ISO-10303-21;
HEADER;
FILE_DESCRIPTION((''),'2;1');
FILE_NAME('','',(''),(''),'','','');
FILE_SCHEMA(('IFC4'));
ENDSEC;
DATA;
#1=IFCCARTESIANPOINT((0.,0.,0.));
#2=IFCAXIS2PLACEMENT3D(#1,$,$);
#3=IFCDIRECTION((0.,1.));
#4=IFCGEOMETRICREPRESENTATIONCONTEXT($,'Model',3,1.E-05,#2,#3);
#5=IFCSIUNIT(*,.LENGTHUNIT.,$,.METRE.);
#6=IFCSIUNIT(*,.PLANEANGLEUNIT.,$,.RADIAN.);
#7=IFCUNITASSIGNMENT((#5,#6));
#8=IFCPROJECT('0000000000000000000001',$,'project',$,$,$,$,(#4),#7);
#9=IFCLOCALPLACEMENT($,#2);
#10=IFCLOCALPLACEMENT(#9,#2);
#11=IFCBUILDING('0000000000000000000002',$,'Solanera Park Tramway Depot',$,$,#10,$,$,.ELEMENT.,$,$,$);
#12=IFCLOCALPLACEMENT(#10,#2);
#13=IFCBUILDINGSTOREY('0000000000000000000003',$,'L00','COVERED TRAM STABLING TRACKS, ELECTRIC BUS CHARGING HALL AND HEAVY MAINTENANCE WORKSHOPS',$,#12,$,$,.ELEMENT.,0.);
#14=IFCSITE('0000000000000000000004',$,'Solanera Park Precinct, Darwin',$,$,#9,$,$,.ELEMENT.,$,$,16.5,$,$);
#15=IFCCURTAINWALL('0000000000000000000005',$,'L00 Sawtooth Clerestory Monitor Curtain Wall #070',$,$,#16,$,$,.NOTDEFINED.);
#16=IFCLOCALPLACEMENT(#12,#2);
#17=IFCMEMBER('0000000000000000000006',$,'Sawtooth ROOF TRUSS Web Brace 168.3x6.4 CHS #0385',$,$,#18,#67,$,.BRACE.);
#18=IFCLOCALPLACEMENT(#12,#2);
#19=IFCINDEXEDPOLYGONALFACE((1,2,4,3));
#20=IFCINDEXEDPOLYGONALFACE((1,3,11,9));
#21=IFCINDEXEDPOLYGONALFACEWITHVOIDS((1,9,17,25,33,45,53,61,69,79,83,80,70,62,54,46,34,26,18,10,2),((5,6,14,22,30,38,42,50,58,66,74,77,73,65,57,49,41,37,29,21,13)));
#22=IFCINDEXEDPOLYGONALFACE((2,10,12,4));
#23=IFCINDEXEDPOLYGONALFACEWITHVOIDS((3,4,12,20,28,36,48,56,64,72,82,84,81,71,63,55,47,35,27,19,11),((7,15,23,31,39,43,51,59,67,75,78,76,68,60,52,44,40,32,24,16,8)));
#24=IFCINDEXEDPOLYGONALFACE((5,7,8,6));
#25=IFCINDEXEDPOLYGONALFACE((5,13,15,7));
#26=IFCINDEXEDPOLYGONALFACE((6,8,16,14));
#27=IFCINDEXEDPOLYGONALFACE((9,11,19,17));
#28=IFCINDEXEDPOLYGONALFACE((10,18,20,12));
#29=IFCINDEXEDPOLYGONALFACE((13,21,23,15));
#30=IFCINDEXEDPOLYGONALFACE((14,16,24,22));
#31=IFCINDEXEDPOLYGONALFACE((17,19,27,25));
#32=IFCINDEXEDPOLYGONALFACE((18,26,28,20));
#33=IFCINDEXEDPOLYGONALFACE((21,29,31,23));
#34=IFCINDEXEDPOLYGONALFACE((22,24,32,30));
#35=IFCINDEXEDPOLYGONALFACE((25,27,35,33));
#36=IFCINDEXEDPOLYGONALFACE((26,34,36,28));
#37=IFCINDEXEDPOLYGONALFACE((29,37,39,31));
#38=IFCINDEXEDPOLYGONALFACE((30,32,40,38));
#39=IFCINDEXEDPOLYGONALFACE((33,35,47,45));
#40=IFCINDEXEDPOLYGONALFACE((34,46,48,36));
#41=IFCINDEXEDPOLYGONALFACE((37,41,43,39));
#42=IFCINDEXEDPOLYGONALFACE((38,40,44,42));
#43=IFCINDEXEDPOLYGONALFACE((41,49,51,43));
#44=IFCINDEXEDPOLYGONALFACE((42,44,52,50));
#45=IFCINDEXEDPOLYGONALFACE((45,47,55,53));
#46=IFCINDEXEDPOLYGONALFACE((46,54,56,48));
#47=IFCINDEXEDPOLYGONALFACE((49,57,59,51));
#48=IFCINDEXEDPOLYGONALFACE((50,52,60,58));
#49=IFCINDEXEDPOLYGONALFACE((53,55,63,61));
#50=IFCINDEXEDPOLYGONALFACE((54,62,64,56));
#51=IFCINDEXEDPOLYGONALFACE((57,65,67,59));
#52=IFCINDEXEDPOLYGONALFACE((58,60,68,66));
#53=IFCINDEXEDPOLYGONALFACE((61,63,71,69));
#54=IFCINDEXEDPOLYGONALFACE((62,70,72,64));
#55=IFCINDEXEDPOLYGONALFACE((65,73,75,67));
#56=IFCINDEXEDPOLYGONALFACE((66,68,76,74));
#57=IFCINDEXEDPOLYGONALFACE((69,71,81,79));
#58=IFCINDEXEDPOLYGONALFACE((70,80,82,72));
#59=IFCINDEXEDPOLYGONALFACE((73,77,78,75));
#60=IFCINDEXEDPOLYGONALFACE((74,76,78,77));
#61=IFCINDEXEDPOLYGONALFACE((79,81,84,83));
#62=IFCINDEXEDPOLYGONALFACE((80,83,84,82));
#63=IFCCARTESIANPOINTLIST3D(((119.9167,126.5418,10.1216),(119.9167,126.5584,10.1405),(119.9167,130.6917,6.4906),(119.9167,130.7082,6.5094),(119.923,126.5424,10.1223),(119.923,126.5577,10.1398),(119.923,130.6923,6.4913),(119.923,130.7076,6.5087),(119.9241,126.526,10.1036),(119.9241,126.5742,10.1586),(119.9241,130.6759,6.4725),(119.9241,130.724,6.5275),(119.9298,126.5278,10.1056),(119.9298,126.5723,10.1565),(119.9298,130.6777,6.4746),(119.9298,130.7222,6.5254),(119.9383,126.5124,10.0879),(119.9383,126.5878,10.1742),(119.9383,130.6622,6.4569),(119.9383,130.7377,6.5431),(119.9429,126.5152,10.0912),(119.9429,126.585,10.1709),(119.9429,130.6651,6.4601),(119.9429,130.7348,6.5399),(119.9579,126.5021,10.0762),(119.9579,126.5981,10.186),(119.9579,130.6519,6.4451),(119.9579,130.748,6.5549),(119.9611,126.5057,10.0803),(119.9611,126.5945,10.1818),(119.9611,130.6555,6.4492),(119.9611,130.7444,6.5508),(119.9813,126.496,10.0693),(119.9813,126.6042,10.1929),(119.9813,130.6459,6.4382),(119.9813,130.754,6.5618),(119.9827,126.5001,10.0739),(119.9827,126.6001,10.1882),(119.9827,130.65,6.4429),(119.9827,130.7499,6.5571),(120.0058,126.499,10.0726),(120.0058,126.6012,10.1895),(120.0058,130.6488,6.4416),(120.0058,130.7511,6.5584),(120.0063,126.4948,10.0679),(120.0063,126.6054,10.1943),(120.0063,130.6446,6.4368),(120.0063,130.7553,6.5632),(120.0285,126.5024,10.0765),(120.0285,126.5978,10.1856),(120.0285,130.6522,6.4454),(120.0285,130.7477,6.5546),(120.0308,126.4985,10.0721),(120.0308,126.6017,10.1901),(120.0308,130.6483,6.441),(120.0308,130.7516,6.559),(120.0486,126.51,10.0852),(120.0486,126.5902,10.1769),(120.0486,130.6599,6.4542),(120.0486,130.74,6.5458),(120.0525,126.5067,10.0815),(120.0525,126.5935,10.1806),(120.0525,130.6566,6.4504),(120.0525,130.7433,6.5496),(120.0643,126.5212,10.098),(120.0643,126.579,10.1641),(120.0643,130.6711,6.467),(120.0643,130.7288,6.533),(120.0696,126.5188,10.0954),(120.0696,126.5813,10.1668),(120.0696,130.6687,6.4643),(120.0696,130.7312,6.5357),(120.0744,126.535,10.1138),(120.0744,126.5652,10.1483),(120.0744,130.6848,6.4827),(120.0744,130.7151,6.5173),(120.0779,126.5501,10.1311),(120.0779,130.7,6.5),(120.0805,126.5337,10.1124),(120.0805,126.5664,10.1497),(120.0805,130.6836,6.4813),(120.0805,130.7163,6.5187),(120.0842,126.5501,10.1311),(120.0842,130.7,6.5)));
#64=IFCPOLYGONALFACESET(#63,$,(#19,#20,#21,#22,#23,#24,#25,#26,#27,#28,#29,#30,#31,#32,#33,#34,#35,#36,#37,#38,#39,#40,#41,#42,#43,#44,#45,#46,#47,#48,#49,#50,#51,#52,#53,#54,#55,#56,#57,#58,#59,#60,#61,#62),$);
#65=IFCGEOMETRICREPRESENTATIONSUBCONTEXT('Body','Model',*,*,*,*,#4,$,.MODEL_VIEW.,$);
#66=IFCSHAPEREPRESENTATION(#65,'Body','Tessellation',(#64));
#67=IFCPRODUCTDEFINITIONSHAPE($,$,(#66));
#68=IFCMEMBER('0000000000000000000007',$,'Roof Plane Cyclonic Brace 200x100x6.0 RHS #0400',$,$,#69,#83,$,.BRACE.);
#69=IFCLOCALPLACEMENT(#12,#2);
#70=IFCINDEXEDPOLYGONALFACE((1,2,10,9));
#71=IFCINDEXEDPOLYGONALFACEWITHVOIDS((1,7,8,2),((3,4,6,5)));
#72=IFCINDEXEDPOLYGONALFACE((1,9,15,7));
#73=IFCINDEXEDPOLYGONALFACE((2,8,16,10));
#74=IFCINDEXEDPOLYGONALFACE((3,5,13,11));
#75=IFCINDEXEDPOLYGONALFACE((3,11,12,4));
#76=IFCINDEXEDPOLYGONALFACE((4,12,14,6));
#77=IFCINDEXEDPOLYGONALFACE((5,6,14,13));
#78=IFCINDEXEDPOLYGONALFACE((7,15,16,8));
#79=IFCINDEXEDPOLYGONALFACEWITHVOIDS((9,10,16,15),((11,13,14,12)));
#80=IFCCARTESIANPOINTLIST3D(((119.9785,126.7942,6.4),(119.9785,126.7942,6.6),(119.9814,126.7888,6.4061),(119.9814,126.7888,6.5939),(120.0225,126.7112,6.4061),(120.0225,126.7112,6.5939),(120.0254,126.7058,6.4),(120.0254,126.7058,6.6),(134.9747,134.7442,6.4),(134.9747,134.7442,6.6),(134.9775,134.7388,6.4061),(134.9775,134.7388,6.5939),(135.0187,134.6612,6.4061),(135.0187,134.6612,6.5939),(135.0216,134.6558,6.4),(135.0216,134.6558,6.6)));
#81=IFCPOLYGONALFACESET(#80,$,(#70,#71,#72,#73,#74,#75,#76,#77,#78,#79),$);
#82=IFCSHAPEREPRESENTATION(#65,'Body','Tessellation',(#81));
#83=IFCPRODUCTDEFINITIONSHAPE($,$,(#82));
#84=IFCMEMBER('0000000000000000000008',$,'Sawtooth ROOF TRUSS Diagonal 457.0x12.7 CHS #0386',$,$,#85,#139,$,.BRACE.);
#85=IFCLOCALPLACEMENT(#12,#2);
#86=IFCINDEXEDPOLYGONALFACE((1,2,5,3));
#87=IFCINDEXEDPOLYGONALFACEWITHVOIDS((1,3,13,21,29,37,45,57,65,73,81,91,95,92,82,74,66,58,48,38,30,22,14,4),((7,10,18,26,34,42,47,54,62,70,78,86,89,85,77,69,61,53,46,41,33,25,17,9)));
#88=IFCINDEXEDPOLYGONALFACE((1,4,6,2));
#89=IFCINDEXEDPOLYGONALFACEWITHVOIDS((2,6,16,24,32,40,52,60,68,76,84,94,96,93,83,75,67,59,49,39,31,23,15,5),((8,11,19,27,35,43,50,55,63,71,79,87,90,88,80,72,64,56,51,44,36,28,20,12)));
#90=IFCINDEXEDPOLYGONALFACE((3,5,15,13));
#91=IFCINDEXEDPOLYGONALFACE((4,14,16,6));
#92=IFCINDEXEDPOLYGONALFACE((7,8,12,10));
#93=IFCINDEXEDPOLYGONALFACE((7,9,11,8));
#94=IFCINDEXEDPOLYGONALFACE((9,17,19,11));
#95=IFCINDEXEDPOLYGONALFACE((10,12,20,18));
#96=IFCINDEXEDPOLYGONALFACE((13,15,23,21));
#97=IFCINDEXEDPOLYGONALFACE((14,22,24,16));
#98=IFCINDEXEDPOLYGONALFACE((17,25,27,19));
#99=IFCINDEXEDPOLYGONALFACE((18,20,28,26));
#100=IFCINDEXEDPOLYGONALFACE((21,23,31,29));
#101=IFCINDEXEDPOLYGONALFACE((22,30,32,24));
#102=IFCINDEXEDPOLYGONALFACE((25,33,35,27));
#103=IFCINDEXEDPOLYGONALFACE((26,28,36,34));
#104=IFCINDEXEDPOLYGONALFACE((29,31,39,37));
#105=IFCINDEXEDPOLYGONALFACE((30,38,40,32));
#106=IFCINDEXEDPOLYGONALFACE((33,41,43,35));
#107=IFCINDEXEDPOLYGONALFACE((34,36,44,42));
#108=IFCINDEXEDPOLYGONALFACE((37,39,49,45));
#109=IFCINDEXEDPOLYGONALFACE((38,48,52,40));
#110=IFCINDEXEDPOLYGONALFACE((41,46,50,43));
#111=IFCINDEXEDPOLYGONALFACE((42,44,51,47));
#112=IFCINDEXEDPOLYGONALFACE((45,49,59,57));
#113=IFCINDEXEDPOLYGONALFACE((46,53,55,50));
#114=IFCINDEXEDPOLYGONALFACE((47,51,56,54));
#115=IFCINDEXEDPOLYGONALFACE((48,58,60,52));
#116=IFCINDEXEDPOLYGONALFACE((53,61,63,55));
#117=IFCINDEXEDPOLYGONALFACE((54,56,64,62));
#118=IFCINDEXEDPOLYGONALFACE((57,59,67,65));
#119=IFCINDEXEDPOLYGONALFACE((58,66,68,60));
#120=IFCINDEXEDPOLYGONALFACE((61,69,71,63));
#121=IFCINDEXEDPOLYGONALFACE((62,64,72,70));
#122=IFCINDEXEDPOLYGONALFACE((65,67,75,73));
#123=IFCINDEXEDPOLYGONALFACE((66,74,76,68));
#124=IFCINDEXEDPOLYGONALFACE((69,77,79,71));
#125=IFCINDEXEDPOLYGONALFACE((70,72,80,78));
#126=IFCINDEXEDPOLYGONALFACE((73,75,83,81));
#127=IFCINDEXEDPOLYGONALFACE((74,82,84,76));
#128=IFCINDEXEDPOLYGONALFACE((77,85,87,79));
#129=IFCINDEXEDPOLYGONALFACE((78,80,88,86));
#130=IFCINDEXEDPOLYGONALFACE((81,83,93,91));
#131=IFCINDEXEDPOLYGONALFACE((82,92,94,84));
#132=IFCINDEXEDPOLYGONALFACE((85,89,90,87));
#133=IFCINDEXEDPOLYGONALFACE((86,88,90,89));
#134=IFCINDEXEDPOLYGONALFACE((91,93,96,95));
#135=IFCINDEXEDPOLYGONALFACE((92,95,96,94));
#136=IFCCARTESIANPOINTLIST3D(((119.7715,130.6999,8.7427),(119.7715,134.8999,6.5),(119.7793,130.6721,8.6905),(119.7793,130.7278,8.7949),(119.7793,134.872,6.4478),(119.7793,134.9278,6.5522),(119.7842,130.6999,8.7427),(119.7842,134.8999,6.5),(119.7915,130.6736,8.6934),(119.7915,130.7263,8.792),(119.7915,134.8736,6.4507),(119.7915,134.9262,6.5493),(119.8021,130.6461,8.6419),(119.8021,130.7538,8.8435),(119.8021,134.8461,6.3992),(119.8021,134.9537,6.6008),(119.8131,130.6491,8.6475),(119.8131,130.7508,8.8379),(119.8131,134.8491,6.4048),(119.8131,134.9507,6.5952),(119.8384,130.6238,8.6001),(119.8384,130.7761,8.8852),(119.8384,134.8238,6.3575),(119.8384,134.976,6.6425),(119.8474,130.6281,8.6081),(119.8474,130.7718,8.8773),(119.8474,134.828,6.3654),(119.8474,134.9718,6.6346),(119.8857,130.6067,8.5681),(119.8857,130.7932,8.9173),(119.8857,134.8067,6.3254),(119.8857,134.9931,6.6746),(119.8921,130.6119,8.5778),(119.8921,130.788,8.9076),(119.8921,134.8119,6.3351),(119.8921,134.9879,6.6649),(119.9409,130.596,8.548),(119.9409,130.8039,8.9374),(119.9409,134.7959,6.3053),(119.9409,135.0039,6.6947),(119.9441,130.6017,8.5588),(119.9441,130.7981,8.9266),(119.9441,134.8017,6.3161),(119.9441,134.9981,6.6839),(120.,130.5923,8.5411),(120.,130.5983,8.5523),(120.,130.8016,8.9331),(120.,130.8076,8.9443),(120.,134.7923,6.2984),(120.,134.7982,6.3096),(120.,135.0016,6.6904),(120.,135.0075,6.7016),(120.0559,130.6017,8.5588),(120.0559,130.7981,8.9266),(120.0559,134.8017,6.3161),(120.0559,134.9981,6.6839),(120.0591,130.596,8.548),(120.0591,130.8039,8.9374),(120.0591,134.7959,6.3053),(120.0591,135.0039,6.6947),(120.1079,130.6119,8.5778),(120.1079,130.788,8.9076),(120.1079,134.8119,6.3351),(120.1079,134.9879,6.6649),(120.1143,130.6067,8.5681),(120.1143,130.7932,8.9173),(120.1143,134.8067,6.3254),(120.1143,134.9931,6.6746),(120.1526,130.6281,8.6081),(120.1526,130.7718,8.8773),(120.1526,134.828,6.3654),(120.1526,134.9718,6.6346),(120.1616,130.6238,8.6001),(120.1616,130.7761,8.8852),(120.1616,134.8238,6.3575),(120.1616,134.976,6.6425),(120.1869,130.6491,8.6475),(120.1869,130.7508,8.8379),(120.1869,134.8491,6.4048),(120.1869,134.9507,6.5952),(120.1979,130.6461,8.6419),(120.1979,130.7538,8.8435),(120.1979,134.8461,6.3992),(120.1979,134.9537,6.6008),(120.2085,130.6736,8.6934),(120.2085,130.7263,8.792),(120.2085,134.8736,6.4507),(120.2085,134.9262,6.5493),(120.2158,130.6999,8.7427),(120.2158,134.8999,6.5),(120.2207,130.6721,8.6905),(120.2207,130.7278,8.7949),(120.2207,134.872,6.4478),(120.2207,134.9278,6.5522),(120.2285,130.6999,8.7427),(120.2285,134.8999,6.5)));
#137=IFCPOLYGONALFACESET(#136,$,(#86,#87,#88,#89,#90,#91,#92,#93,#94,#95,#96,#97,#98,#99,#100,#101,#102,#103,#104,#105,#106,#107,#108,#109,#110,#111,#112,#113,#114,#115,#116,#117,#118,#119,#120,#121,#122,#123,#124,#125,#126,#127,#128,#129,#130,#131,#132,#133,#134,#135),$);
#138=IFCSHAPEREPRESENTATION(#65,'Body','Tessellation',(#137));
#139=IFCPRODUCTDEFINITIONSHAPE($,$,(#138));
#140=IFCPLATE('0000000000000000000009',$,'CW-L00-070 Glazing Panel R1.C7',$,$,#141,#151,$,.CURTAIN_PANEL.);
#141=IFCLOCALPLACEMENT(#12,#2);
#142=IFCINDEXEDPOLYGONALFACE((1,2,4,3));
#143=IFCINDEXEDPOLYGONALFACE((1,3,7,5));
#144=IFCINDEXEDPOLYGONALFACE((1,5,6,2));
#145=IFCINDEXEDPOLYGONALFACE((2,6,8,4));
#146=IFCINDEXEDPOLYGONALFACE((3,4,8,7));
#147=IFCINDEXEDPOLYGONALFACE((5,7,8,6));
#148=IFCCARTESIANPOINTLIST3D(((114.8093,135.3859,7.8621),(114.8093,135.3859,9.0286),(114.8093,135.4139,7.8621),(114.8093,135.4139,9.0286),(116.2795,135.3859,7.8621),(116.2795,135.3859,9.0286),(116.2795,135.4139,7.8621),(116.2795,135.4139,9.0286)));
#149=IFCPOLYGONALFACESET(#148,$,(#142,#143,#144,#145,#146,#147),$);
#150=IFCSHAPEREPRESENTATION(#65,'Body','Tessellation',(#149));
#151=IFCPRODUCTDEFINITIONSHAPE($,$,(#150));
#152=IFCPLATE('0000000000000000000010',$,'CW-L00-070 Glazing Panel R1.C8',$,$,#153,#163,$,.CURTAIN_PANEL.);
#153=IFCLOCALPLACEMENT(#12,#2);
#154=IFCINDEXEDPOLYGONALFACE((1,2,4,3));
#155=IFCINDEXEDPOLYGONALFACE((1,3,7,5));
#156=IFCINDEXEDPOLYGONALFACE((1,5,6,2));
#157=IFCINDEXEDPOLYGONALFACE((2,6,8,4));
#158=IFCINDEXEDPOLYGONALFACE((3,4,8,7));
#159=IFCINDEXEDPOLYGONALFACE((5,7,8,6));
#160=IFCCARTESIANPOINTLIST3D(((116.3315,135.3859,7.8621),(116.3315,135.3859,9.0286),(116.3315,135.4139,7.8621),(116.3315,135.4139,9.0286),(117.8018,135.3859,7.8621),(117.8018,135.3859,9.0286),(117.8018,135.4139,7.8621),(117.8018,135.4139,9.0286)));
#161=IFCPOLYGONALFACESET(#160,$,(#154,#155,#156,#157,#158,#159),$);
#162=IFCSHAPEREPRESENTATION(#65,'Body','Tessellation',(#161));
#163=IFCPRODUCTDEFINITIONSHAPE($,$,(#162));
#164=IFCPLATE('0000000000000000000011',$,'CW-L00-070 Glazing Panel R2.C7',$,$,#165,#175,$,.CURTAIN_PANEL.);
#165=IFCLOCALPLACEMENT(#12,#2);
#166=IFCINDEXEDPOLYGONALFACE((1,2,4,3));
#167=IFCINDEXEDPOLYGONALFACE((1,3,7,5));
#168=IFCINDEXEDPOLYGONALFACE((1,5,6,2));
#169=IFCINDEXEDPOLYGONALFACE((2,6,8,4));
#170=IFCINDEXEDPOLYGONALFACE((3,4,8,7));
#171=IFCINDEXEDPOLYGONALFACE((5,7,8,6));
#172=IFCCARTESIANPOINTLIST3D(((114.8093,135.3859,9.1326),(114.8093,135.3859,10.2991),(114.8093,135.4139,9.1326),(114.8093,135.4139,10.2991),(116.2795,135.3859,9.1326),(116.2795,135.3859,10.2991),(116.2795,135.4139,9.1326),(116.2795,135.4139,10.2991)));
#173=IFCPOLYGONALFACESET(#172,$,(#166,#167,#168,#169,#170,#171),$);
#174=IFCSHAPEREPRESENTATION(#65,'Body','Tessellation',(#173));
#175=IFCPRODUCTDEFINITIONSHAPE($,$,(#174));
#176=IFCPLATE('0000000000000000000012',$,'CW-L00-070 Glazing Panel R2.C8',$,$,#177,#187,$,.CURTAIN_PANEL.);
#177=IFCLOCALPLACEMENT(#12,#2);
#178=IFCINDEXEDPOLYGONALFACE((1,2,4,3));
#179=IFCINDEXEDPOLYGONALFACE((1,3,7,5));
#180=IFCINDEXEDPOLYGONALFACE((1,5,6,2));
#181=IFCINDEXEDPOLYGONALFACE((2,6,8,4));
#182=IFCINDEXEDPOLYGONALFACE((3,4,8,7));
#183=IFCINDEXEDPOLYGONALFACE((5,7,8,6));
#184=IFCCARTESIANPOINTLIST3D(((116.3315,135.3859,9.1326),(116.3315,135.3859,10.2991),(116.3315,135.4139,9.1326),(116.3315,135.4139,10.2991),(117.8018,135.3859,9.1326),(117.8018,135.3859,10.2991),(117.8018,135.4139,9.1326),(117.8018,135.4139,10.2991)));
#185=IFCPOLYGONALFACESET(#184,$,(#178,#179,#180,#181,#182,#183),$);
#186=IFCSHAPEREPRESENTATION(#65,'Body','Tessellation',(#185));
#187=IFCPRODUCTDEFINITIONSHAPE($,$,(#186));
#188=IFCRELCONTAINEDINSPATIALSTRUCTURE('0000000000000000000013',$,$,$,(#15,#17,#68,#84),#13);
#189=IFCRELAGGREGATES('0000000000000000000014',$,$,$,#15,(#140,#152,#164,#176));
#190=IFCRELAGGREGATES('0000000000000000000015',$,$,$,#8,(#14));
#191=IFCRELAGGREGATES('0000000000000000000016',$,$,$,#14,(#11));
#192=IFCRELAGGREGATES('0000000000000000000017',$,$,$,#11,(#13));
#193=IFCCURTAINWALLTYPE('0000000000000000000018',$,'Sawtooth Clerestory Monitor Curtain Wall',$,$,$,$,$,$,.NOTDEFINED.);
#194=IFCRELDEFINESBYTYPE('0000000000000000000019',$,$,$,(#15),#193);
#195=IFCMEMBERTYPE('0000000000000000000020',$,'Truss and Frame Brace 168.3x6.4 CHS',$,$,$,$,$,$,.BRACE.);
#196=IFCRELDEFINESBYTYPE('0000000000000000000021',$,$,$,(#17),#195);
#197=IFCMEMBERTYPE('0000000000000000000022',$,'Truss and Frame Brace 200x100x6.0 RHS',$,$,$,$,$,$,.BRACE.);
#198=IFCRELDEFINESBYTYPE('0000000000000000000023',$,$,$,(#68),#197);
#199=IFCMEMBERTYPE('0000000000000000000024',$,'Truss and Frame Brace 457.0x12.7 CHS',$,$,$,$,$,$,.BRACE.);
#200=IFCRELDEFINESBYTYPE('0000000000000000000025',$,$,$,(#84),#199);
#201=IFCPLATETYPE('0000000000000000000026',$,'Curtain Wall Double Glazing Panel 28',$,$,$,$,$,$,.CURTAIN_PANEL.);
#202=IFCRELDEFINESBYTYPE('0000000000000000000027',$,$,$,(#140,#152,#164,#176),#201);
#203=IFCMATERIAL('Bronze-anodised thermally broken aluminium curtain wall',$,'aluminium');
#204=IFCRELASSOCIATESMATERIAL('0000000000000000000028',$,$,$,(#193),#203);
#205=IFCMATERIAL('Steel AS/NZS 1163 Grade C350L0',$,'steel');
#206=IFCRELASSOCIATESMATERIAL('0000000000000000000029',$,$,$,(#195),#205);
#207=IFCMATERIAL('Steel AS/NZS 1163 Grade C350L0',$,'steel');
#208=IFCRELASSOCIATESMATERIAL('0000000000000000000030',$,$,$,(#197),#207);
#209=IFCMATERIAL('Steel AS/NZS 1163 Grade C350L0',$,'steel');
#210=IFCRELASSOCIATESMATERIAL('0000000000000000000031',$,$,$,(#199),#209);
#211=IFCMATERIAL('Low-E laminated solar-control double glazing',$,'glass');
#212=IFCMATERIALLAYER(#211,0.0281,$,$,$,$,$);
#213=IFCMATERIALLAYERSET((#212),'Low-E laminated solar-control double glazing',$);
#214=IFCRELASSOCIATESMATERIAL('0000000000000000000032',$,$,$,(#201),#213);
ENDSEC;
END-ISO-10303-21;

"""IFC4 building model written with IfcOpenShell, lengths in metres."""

from ifc_helpers import new_model, si_unit, direction, frame, origin, origin_2d, place, context, subcontext, project, spatial, rectangle, hollow_rectangle, hollow_circle, extrude, material, layer, layer_set, material_profile, profile_set, type_object, element, aggregate, save


model = new_model("IFC4")

# Units and contexts
model_context = context("Model", 3, precision=1e-05, world=origin(), true_north=direction((0.0, 1.0)))
body_context = subcontext(model_context, "Body", "Model", "MODEL_VIEW")
ifc_project = project(units=[si_unit("LENGTHUNIT", "METRE"), si_unit("PLANEANGLEUNIT", "RADIAN")], contexts=[model_context])

# Site, building, storey
site_placement = place(None, origin())
site = spatial("IfcSite", under=ifc_project, at=site_placement, Name="Solanera Park Precinct, Darwin", CompositionType="ELEMENT", RefElevation=16.5)
building_placement = place(site_placement, origin())
building = spatial("IfcBuilding", under=site, at=building_placement, Name="Solanera Park Tramway Depot", CompositionType="ELEMENT")
storey_placement = place(building_placement, origin())
storey = spatial("IfcBuildingStorey", under=building, at=storey_placement, Name="L00", Description="COVERED TRAM STABLING TRACKS, ELECTRIC BUS CHARGING HALL AND HEAVY MAINTENANCE WORKSHOPS", CompositionType="ELEMENT", Elevation=0.0)

# Curtain wall
ifc_material_1 = material(Name="Bronze-anodised thermally broken aluminium curtain wall", Category="aluminium")
curtain_wall_type = type_object("IfcCurtainWallType", Name="Sawtooth Clerestory Monitor Curtain Wall", PredefinedType="NOTDEFINED", material=ifc_material_1)
curtain_wall_placement = place(storey_placement, origin())
curtain_wall = element("IfcCurtainWall", 1, at=curtain_wall_placement, inside=storey, type_object=curtain_wall_type, Name="L00 Sawtooth Clerestory Monitor Curtain Wall #070", PredefinedType="NOTDEFINED")

# Members
ifc_material_2 = material(Name="Steel AS/NZS 1163 Grade C350L0", Category="steel")
ifc_material_profile_1 = material_profile(ifc_material_2, hollow_circle(Radius=0.0842, WallThickness=0.0063, at=origin_2d()), Name="168.3x6.4 CHS")
ifc_profile_set_1 = profile_set([ifc_material_profile_1], Name="Steel AS/NZS 1163 Grade C350L0")
member_type_1 = type_object("IfcMemberType", Name="Truss and Frame Brace 168.3x6.4 CHS", PredefinedType="BRACE", material=ifc_profile_set_1)
member_1_placement = place(storey_placement, frame((120.0, 130.7, 6.5), z_axis=(0.0, -0.752582, 0.658498), x_axis=(1.0, 0.0, 0.0)))
element("IfcMember", 2, at=member_1_placement, inside=storey, type_object=member_type_1, Name="Sawtooth ROOF TRUSS Web Brace 168.3x6.4 CHS #0385", PredefinedType="BRACE", context=body_context, shape_type="SweptSolid", body=[
    extrude(hollow_circle(Radius=0.0842, WallThickness=0.0063, at=origin_2d()), origin(), (0.0, 0.0, 1.0), 5.5142),
])
ifc_material_3 = material(Name="Steel AS/NZS 1163 Grade C350L0", Category="steel")
ifc_material_profile_2 = material_profile(ifc_material_3, hollow_rectangle(XDim=0.1001, YDim=0.2, WallThickness=0.0061, at=origin_2d()), Name="200x100x6.0 RHS")
ifc_profile_set_2 = profile_set([ifc_material_profile_2], Name="Steel AS/NZS 1163 Grade C350L0")
member_type_2 = type_object("IfcMemberType", Name="Truss and Frame Brace 200x100x6.0 RHS", PredefinedType="BRACE", material=ifc_profile_set_2)
member_2_placement = place(storey_placement, frame((120.002, 126.75, 6.5), z_axis=(0.883524, 0.468387, 0.0), x_axis=(-0.468387, 0.883524, 0.0)))
element("IfcMember", 3, at=member_2_placement, inside=storey, type_object=member_type_2, Name="Roof Plane Cyclonic Brace 200x100x6.0 RHS #0400", PredefinedType="BRACE", context=body_context, shape_type="SweptSolid", body=[
    extrude(hollow_rectangle(XDim=0.1001, YDim=0.2, WallThickness=0.0061, at=origin_2d()), origin(), (0.0, 0.0, 1.0), 16.9731),
])
ifc_material_4 = material(Name="Steel AS/NZS 1163 Grade C350L0", Category="steel")
ifc_material_profile_3 = material_profile(ifc_material_4, hollow_circle(Radius=0.2285, WallThickness=0.0127, at=origin_2d()), Name="457.0x12.7 CHS")
ifc_profile_set_3 = profile_set([ifc_material_profile_3], Name="Steel AS/NZS 1163 Grade C350L0")
member_type_3 = type_object("IfcMemberType", Name="Truss and Frame Brace 457.0x12.7 CHS", PredefinedType="BRACE", material=ifc_profile_set_3)
member_3_placement = place(storey_placement, frame((120.0, 134.8999, 6.5), z_axis=(0.0, -0.882117, 0.47103), x_axis=(1.0, 0.0, 0.0)))
element("IfcMember", 4, at=member_3_placement, inside=storey, type_object=member_type_3, Name="Sawtooth ROOF TRUSS Diagonal 457.0x12.7 CHS #0386", PredefinedType="BRACE", context=body_context, shape_type="SweptSolid", body=[
    extrude(hollow_circle(Radius=0.2285, WallThickness=0.0127, at=origin_2d()), origin(), (0.0, 0.0, 1.0), 4.7612),
])

# Plates
ifc_material_5 = material(Name="Low-E laminated solar-control double glazing", Category="glass")
ifc_layer_1 = layer(ifc_material_5, 0.0281)
ifc_layer_set_1 = layer_set([ifc_layer_1], Name="Low-E laminated solar-control double glazing")
plate_type_1 = type_object("IfcPlateType", Name="Curtain Wall Double Glazing Panel 28", PredefinedType="CURTAIN_PANEL", material=ifc_layer_set_1)
plate_1_placement = place(storey_placement, frame((115.5444, 135.3999, 7.8621), z_axis=(0.0, 0.0, 1.0), x_axis=(1.0, 0.0, 0.0)))
plate_1 = element("IfcPlate", 5, at=plate_1_placement, type_object=plate_type_1, Name="CW-L00-070 Glazing Panel R1.C7", PredefinedType="CURTAIN_PANEL", context=body_context, shape_type="SweptSolid", body=[
    extrude(rectangle(XDim=1.4702, YDim=0.0281, at=origin_2d()), origin(), (0.0, 0.0, 1.0), 1.1665),
])
plate_2_placement = place(storey_placement, frame((117.0667, 135.3999, 7.8621), z_axis=(0.0, 0.0, 1.0), x_axis=(1.0, 0.0, 0.0)))
plate_2 = element("IfcPlate", 6, at=plate_2_placement, type_object=plate_type_1, Name="CW-L00-070 Glazing Panel R1.C8", PredefinedType="CURTAIN_PANEL", context=body_context, shape_type="SweptSolid", body=[
    extrude(rectangle(XDim=1.4702, YDim=0.0281, at=origin_2d()), origin(), (0.0, 0.0, 1.0), 1.1665),
])
plate_3_placement = place(storey_placement, frame((115.5444, 135.3999, 9.1326), z_axis=(0.0, 0.0, 1.0), x_axis=(1.0, 0.0, 0.0)))
plate_3 = element("IfcPlate", 7, at=plate_3_placement, type_object=plate_type_1, Name="CW-L00-070 Glazing Panel R2.C7", PredefinedType="CURTAIN_PANEL", context=body_context, shape_type="SweptSolid", body=[
    extrude(rectangle(XDim=1.4702, YDim=0.0281, at=origin_2d()), origin(), (0.0, 0.0, 1.0), 1.1665),
])
plate_4_placement = place(storey_placement, frame((117.0667, 135.3999, 9.1326), z_axis=(0.0, 0.0, 1.0), x_axis=(1.0, 0.0, 0.0)))
plate_4 = element("IfcPlate", 8, at=plate_4_placement, type_object=plate_type_1, Name="CW-L00-070 Glazing Panel R2.C8", PredefinedType="CURTAIN_PANEL", context=body_context, shape_type="SweptSolid", body=[
    extrude(rectangle(XDim=1.4702, YDim=0.0281, at=origin_2d()), origin(), (0.0, 0.0, 1.0), 1.1665),
])
aggregate(curtain_wall, [plate_1, plate_2, plate_3, plate_4])

save(model, "model.ifc")
